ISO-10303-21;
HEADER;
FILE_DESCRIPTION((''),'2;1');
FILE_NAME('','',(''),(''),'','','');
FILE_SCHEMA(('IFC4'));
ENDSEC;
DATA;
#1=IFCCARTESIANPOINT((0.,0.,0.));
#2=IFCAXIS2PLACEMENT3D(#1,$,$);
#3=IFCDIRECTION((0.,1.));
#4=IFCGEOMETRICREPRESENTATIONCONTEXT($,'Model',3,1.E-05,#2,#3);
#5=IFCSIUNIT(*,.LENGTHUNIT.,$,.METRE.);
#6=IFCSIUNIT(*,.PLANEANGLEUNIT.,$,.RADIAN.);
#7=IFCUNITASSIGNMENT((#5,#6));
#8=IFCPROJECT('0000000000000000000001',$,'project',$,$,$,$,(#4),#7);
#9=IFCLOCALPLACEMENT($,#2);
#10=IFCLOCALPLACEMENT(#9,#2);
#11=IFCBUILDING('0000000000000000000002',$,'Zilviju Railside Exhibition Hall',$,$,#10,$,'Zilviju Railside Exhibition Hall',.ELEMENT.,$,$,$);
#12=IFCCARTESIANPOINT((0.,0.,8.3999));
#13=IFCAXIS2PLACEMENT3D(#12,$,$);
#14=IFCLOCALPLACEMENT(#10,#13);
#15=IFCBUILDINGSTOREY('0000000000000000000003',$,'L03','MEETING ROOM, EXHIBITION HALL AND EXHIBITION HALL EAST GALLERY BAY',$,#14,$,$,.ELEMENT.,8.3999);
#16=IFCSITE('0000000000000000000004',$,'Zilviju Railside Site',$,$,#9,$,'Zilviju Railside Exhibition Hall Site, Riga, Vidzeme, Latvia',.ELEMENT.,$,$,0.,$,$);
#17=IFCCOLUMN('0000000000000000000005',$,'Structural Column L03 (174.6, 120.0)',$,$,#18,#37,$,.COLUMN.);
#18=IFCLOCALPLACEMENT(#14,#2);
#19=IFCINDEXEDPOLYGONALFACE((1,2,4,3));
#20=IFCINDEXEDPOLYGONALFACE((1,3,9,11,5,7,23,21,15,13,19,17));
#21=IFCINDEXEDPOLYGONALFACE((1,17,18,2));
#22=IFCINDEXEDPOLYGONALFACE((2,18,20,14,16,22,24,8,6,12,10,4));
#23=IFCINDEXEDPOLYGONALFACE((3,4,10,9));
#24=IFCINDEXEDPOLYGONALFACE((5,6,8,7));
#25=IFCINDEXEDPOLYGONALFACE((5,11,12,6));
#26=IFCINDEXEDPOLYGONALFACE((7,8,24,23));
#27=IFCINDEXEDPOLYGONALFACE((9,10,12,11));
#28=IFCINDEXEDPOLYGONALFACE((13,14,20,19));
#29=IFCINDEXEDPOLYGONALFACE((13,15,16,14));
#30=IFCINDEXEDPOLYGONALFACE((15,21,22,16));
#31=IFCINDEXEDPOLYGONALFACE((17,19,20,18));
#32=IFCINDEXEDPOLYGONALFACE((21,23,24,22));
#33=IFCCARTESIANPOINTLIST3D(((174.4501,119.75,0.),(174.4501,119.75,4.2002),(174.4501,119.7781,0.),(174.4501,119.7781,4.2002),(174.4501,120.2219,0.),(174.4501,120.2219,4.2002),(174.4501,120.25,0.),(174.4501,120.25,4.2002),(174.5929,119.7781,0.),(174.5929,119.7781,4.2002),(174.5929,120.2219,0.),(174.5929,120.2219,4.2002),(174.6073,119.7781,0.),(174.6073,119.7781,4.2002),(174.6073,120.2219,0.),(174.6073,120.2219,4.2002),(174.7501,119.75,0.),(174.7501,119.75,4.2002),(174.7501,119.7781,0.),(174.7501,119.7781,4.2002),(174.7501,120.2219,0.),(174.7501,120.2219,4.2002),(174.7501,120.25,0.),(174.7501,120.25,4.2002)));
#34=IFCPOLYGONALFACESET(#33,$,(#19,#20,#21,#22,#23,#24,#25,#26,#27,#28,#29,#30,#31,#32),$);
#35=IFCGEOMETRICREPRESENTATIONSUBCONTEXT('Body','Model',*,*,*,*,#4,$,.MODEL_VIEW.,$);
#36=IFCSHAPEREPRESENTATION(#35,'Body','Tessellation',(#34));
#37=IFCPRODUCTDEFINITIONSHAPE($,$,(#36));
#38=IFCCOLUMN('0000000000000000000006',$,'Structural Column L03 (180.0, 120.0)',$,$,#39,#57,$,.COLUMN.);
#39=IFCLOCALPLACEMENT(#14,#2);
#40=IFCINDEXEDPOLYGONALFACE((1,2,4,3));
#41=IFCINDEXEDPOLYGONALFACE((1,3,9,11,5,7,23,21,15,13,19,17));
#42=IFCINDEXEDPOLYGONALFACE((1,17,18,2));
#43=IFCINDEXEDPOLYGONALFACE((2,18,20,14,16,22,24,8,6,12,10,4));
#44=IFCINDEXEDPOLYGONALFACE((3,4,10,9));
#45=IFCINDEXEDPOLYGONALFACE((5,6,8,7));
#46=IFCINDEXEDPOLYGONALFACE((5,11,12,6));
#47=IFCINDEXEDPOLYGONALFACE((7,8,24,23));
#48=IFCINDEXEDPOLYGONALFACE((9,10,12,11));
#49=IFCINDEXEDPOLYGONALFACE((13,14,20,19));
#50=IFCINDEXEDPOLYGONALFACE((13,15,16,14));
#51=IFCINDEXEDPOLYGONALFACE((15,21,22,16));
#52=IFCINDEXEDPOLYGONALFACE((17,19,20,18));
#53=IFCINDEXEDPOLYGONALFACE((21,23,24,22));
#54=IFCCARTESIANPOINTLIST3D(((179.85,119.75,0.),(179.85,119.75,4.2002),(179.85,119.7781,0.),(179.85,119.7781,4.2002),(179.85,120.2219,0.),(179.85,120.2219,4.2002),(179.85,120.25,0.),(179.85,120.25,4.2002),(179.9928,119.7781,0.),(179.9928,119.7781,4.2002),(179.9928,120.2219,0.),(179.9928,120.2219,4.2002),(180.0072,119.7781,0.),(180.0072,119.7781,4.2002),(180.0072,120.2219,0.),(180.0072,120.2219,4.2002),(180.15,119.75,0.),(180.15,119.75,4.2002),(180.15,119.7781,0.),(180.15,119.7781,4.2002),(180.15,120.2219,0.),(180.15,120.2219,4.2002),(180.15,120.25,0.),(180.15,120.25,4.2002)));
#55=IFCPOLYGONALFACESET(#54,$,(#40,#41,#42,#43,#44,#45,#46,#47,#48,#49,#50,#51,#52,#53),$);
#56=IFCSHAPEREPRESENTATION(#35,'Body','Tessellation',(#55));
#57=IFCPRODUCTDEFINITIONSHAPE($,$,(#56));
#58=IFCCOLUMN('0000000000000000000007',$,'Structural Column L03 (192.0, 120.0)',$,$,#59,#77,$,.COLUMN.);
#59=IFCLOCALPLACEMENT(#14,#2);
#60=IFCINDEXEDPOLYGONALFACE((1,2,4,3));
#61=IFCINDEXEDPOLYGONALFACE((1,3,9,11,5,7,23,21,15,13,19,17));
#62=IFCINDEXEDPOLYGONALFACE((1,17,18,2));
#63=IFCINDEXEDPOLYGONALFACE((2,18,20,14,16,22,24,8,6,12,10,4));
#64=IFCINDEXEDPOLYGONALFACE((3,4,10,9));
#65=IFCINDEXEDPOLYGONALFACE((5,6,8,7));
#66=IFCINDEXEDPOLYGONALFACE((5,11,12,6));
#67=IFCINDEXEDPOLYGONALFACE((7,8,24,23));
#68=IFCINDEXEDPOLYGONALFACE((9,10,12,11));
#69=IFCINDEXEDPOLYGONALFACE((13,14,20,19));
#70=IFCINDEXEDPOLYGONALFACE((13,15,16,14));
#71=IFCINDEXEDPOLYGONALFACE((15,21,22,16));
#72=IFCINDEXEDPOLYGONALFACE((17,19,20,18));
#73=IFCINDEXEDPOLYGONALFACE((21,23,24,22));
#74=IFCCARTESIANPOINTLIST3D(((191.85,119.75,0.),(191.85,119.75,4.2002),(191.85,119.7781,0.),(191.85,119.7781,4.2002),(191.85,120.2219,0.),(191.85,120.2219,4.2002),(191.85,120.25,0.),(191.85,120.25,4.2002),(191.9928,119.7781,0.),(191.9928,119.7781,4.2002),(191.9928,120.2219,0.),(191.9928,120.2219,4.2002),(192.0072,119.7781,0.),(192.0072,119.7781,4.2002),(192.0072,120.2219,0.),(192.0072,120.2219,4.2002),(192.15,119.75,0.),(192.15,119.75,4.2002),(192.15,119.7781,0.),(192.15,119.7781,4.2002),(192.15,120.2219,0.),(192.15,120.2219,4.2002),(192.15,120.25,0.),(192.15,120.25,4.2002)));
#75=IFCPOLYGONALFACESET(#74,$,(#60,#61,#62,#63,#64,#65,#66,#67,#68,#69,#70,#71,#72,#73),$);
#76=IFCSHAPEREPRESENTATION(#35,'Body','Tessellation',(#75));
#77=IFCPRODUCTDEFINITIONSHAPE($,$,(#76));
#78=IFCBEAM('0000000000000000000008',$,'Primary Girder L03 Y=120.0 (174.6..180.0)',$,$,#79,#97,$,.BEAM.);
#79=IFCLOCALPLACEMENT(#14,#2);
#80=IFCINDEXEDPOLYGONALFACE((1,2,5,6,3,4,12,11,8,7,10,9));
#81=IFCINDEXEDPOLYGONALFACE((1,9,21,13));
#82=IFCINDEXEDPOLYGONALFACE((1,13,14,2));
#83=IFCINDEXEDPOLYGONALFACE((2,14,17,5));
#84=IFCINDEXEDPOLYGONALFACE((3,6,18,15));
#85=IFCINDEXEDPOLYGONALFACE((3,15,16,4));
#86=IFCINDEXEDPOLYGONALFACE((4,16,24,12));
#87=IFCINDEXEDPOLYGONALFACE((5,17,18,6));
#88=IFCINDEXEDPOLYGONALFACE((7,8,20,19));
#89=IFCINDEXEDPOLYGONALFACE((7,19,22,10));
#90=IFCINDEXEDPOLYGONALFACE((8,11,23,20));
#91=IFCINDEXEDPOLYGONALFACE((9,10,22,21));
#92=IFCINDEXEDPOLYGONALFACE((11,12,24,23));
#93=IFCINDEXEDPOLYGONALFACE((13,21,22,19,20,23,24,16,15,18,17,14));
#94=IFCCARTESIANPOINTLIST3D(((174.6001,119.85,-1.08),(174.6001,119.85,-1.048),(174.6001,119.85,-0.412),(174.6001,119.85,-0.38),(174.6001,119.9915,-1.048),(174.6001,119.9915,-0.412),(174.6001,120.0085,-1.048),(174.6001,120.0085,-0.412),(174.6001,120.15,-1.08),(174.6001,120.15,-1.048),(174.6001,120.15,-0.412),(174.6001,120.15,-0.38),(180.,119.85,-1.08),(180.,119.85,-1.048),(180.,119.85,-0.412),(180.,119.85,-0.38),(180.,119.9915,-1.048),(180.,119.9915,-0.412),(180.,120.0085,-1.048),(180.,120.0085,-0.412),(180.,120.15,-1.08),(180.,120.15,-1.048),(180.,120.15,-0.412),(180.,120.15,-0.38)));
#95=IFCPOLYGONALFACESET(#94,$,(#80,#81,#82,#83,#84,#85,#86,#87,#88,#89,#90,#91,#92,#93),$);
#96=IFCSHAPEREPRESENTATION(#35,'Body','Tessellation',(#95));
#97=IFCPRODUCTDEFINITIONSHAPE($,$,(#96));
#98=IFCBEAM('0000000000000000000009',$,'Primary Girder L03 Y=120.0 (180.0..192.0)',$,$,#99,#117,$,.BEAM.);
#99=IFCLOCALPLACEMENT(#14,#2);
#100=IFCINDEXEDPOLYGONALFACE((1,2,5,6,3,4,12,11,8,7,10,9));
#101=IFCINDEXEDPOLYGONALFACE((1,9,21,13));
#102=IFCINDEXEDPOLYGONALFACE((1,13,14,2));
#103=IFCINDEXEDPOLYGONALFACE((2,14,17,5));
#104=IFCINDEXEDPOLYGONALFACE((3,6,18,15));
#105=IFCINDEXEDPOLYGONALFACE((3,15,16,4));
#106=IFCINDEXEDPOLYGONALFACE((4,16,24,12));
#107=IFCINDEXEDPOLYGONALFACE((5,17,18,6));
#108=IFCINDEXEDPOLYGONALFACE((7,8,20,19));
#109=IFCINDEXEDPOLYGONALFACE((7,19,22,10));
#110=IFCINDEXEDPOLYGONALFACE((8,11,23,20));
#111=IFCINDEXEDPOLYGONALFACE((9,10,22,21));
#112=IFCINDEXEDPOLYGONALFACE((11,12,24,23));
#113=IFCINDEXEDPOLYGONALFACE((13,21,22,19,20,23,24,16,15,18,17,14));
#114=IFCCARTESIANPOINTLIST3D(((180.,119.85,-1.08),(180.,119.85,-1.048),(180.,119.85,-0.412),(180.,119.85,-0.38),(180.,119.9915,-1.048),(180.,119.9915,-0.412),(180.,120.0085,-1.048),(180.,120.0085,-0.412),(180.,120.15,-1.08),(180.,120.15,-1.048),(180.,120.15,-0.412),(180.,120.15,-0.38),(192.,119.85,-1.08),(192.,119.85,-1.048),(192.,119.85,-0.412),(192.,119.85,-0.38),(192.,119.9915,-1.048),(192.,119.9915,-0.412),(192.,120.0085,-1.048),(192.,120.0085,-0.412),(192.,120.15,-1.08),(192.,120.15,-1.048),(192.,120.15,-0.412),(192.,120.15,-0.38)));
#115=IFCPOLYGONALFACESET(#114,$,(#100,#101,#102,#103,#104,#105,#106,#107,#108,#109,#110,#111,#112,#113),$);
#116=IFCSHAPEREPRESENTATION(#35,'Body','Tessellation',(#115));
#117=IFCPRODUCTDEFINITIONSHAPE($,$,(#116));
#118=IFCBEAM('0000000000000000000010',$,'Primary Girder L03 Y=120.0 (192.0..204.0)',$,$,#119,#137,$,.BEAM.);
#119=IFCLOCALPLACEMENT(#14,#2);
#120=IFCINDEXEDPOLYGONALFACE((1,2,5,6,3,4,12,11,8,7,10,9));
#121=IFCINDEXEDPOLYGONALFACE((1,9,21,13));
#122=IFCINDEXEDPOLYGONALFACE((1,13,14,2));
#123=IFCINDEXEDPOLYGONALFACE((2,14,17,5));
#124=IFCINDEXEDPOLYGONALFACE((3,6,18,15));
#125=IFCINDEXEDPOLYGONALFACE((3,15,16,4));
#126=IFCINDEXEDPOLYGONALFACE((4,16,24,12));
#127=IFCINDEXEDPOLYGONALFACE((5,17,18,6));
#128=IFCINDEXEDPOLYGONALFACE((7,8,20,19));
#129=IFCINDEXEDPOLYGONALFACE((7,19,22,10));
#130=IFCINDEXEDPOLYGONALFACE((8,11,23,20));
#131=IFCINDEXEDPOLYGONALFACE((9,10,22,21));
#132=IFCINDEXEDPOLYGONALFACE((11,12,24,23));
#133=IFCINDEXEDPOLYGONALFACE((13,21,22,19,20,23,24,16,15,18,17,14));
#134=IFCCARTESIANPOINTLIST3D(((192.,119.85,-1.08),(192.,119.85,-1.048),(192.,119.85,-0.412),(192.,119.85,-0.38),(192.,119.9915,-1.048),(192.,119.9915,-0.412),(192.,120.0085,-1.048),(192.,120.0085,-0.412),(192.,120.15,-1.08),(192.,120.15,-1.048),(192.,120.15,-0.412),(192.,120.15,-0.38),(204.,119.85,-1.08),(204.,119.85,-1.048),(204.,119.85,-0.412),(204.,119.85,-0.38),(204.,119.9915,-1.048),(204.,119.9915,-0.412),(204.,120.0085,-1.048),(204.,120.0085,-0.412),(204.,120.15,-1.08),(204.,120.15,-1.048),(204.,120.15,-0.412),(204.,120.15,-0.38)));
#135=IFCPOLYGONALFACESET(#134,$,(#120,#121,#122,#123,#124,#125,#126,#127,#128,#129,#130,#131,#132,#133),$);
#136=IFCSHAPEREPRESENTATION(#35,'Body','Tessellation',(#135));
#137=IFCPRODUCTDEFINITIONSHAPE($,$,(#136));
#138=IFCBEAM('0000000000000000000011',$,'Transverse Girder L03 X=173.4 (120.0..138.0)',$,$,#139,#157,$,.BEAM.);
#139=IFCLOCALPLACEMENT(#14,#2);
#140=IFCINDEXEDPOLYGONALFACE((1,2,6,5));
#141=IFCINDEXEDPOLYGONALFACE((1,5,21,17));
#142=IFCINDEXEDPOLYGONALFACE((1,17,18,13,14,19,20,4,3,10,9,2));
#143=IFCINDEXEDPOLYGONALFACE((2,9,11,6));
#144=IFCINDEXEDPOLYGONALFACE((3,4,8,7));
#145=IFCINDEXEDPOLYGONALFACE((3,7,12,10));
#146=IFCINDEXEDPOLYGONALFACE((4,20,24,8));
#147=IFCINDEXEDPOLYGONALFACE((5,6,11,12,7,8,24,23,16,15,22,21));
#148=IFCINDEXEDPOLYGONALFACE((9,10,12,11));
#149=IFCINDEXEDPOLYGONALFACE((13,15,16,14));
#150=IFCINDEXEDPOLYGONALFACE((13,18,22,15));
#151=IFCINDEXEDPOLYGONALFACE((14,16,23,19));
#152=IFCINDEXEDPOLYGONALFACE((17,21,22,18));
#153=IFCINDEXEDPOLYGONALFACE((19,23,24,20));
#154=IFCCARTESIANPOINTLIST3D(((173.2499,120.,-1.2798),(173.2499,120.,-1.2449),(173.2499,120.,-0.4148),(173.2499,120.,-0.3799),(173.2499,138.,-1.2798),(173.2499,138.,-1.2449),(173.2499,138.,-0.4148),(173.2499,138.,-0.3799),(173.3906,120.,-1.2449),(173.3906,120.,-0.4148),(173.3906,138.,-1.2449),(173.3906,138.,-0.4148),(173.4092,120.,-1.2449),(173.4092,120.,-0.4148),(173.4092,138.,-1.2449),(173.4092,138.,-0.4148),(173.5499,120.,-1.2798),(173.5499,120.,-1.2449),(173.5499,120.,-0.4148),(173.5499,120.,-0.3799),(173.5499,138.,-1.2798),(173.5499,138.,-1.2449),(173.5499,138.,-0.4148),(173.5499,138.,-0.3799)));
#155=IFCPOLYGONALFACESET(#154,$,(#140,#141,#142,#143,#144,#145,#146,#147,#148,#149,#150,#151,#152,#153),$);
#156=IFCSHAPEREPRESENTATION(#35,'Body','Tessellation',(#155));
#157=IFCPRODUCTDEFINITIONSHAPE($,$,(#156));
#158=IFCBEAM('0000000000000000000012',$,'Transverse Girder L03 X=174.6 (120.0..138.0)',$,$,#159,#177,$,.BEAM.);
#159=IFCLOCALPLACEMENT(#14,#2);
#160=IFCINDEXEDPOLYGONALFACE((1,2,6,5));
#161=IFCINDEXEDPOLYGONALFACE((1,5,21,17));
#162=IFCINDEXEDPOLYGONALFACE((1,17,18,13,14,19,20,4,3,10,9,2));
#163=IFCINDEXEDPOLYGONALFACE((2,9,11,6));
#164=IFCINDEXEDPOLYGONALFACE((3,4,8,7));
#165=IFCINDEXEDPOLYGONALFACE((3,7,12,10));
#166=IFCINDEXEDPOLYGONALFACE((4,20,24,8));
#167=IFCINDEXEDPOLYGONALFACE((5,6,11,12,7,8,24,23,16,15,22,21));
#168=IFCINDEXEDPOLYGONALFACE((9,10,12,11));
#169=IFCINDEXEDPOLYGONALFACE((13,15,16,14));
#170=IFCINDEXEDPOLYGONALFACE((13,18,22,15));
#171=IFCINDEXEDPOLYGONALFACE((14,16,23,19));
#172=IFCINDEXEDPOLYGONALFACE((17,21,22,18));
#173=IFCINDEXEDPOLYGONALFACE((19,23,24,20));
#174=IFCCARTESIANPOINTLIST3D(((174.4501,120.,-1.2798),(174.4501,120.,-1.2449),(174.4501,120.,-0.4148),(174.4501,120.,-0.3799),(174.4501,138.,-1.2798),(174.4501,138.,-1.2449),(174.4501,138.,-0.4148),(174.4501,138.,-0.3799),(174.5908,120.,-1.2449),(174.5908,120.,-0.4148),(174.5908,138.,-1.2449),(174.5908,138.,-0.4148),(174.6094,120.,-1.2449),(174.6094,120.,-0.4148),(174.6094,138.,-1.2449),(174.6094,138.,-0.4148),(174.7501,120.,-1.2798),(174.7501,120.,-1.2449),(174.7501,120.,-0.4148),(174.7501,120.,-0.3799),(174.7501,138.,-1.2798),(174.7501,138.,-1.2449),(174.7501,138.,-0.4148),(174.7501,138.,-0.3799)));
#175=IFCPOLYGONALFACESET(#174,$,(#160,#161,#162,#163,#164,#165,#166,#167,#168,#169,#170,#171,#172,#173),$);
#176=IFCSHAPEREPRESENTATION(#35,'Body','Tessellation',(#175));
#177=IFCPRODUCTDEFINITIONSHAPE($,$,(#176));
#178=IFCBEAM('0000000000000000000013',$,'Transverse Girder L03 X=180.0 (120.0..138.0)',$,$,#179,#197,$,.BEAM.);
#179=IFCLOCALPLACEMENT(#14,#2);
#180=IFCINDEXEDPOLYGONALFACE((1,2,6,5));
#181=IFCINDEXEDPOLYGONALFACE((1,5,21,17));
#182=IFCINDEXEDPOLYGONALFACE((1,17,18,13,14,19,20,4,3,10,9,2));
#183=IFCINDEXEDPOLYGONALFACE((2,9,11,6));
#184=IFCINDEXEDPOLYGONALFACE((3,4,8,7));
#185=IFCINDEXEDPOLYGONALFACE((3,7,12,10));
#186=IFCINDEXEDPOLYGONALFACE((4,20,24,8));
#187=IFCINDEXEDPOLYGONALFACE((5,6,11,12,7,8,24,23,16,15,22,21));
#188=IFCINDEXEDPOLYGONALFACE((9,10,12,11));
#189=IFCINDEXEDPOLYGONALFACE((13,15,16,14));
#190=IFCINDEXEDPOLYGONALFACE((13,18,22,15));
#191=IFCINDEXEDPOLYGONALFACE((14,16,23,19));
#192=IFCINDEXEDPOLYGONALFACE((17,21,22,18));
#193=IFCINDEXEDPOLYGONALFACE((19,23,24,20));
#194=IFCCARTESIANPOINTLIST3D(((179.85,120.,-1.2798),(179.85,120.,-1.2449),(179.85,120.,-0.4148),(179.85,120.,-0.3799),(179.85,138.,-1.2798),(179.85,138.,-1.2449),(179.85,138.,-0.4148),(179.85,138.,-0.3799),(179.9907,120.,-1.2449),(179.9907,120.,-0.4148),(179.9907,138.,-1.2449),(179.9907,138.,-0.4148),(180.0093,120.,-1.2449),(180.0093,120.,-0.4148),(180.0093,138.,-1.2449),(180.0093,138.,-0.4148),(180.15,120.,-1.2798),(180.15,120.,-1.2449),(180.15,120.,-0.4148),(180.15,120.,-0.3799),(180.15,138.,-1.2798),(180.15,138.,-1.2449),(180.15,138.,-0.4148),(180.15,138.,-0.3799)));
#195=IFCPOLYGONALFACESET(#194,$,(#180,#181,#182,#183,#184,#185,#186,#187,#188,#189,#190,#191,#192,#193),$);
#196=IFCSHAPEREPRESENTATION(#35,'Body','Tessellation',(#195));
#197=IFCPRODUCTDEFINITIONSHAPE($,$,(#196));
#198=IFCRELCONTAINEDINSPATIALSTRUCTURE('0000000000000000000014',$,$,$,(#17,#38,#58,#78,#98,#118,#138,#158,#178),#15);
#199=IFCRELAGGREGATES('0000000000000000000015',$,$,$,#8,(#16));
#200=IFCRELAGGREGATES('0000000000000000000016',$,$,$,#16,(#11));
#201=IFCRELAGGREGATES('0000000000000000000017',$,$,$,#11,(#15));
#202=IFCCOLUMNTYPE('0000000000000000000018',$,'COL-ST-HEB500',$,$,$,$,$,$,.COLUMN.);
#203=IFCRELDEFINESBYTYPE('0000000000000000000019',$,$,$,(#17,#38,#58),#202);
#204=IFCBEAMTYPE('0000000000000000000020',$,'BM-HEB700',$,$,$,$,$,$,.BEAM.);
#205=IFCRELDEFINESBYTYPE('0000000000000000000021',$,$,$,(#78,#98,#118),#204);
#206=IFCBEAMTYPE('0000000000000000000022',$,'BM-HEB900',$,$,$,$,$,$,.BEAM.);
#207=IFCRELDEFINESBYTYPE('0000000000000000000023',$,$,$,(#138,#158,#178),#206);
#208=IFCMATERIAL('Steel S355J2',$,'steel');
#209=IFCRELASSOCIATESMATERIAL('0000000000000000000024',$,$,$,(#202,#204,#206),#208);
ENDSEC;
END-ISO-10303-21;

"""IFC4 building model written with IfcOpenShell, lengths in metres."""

from ifc_helpers import new_model, si_unit, direction, frame, origin, origin_2d, place, context, subcontext, project, spatial, i_section, extrude, material, material_profile, profile_set, type_object, element, save


model = new_model("IFC4")

# Units and contexts
model_context = context("Model", 3, precision=1e-05, world=origin(), true_north=direction((0.0, 1.0)))
body_context = subcontext(model_context, "Body", "Model", "MODEL_VIEW")
ifc_project = project(units=[si_unit("LENGTHUNIT", "METRE"), si_unit("PLANEANGLEUNIT", "RADIAN")], contexts=[model_context])

# Site, building, storey
site_placement = place(None, origin())
site = spatial("IfcSite", under=ifc_project, at=site_placement, Name="Zilviju Railside Site", LongName="Zilviju Railside Exhibition Hall Site, Riga, Vidzeme, Latvia", CompositionType="ELEMENT", RefElevation=0.0)
building_placement = place(site_placement, origin())
building = spatial("IfcBuilding", under=site, at=building_placement, Name="Zilviju Railside Exhibition Hall", LongName="Zilviju Railside Exhibition Hall", CompositionType="ELEMENT")
storey_placement = place(building_placement, frame((0.0, 0.0, 8.3999)))
storey = spatial("IfcBuildingStorey", under=building, at=storey_placement, Name="L03", Description="MEETING ROOM, EXHIBITION HALL AND EXHIBITION HALL EAST GALLERY BAY", CompositionType="ELEMENT", Elevation=8.3999)

# Columns
ifc_material = material(Name="Steel S355J2", Category="steel")
ifc_material_profile_1 = material_profile(ifc_material, i_section(OverallWidth=0.3, OverallDepth=0.5, WebThickness=0.0144, FlangeThickness=0.0281, at=origin_2d()), Name="HEB 500")
ifc_profile_set_1 = profile_set([ifc_material_profile_1], Name="Steel S355J2")
column_type = type_object("IfcColumnType", Name="COL-ST-HEB500", PredefinedType="COLUMN", material=ifc_profile_set_1)
for number, where, z_axis, x_axis, name in (
    (1, (174.6001, 120.0, 0.0), (0.0, 0.0, 1.0), (1.0, 0.0, 0.0), "Structural Column L03 (174.6, 120.0)"),
    (2, (180.0, 120.0, 0.0), (0.0, 0.0, 1.0), (1.0, 0.0, 0.0), "Structural Column L03 (180.0, 120.0)"),
    (3, (192.0, 120.0, 0.0), (0.0, 0.0, 1.0), (1.0, 0.0, 0.0), "Structural Column L03 (192.0, 120.0)"),
):
    element("IfcColumn", number, at=place(storey_placement, frame(where, z_axis=z_axis, x_axis=x_axis)), inside=storey, type_object=column_type, Name=name, PredefinedType="COLUMN", context=body_context, shape_type="SweptSolid", body=[
        extrude(i_section(OverallWidth=0.3, OverallDepth=0.5, WebThickness=0.0144, FlangeThickness=0.0281, at=origin_2d()), origin(), (0.0, 0.0, 1.0), 4.2002),
    ])

# Beams
ifc_material_profile_2 = material_profile(ifc_material, i_section(OverallWidth=0.3, OverallDepth=0.7, WebThickness=0.0171, FlangeThickness=0.032, at=origin_2d()), Name="HEB 700")
ifc_profile_set_2 = profile_set([ifc_material_profile_2], Name="Steel S355J2")
beam_type_1 = type_object("IfcBeamType", Name="BM-HEB700", PredefinedType="BEAM", material=ifc_profile_set_2)
beam_placement = place(storey_placement, frame((174.6001, 120.0, -0.73), z_axis=(1.0, 0.0, 0.0), x_axis=(0.0, 1.0, 0.0)))
element("IfcBeam", 4, at=beam_placement, inside=storey, type_object=beam_type_1, Name="Primary Girder L03 Y=120.0 (174.6..180.0)", PredefinedType="BEAM", context=body_context, shape_type="SweptSolid", body=[
    extrude(i_section(OverallWidth=0.3, OverallDepth=0.7, WebThickness=0.0171, FlangeThickness=0.032, at=origin_2d()), origin(), (0.0, 0.0, 1.0), 5.3999),
])
for number, where, z_axis, x_axis, name in (
    (5, (180.0, 120.0, -0.73), (1.0, 0.0, 0.0), (0.0, 1.0, 0.0), "Primary Girder L03 Y=120.0 (180.0..192.0)"),
    (6, (192.0, 120.0, -0.73), (1.0, 0.0, 0.0), (0.0, 1.0, 0.0), "Primary Girder L03 Y=120.0 (192.0..204.0)"),
):
    element("IfcBeam", number, at=place(storey_placement, frame(where, z_axis=z_axis, x_axis=x_axis)), inside=storey, type_object=beam_type_1, Name=name, PredefinedType="BEAM", context=body_context, shape_type="SweptSolid", body=[
        extrude(i_section(OverallWidth=0.3, OverallDepth=0.7, WebThickness=0.0171, FlangeThickness=0.032, at=origin_2d()), origin(), (0.0, 0.0, 1.0), 12.0),
    ])
ifc_material_profile_3 = material_profile(ifc_material, i_section(OverallWidth=0.3, OverallDepth=0.8999, WebThickness=0.0186, FlangeThickness=0.0349, at=origin_2d()), Name="HEB 900")
ifc_profile_set_3 = profile_set([ifc_material_profile_3], Name="Steel S355J2")
beam_type_2 = type_object("IfcBeamType", Name="BM-HEB900", PredefinedType="BEAM", material=ifc_profile_set_3)
for number, where, z_axis, x_axis, name in (
    (7, (173.3999, 120.0, -0.8298), (0.0, 1.0, 0.0), (-1.0, 0.0, 0.0), "Transverse Girder L03 X=173.4 (120.0..138.0)"),
    (8, (174.6001, 120.0, -0.8298), (0.0, 1.0, 0.0), (-1.0, 0.0, 0.0), "Transverse Girder L03 X=174.6 (120.0..138.0)"),
    (9, (180.0, 120.0, -0.8298), (0.0, 1.0, 0.0), (-1.0, 0.0, 0.0), "Transverse Girder L03 X=180.0 (120.0..138.0)"),
):
    element("IfcBeam", number, at=place(storey_placement, frame(where, z_axis=z_axis, x_axis=x_axis)), inside=storey, type_object=beam_type_2, Name=name, PredefinedType="BEAM", context=body_context, shape_type="SweptSolid", body=[
        extrude(i_section(OverallWidth=0.3, OverallDepth=0.8999, WebThickness=0.0186, FlangeThickness=0.0349, at=origin_2d()), origin(), (0.0, 0.0, 1.0), 18.0),
    ])

save(model, "model.ifc")
